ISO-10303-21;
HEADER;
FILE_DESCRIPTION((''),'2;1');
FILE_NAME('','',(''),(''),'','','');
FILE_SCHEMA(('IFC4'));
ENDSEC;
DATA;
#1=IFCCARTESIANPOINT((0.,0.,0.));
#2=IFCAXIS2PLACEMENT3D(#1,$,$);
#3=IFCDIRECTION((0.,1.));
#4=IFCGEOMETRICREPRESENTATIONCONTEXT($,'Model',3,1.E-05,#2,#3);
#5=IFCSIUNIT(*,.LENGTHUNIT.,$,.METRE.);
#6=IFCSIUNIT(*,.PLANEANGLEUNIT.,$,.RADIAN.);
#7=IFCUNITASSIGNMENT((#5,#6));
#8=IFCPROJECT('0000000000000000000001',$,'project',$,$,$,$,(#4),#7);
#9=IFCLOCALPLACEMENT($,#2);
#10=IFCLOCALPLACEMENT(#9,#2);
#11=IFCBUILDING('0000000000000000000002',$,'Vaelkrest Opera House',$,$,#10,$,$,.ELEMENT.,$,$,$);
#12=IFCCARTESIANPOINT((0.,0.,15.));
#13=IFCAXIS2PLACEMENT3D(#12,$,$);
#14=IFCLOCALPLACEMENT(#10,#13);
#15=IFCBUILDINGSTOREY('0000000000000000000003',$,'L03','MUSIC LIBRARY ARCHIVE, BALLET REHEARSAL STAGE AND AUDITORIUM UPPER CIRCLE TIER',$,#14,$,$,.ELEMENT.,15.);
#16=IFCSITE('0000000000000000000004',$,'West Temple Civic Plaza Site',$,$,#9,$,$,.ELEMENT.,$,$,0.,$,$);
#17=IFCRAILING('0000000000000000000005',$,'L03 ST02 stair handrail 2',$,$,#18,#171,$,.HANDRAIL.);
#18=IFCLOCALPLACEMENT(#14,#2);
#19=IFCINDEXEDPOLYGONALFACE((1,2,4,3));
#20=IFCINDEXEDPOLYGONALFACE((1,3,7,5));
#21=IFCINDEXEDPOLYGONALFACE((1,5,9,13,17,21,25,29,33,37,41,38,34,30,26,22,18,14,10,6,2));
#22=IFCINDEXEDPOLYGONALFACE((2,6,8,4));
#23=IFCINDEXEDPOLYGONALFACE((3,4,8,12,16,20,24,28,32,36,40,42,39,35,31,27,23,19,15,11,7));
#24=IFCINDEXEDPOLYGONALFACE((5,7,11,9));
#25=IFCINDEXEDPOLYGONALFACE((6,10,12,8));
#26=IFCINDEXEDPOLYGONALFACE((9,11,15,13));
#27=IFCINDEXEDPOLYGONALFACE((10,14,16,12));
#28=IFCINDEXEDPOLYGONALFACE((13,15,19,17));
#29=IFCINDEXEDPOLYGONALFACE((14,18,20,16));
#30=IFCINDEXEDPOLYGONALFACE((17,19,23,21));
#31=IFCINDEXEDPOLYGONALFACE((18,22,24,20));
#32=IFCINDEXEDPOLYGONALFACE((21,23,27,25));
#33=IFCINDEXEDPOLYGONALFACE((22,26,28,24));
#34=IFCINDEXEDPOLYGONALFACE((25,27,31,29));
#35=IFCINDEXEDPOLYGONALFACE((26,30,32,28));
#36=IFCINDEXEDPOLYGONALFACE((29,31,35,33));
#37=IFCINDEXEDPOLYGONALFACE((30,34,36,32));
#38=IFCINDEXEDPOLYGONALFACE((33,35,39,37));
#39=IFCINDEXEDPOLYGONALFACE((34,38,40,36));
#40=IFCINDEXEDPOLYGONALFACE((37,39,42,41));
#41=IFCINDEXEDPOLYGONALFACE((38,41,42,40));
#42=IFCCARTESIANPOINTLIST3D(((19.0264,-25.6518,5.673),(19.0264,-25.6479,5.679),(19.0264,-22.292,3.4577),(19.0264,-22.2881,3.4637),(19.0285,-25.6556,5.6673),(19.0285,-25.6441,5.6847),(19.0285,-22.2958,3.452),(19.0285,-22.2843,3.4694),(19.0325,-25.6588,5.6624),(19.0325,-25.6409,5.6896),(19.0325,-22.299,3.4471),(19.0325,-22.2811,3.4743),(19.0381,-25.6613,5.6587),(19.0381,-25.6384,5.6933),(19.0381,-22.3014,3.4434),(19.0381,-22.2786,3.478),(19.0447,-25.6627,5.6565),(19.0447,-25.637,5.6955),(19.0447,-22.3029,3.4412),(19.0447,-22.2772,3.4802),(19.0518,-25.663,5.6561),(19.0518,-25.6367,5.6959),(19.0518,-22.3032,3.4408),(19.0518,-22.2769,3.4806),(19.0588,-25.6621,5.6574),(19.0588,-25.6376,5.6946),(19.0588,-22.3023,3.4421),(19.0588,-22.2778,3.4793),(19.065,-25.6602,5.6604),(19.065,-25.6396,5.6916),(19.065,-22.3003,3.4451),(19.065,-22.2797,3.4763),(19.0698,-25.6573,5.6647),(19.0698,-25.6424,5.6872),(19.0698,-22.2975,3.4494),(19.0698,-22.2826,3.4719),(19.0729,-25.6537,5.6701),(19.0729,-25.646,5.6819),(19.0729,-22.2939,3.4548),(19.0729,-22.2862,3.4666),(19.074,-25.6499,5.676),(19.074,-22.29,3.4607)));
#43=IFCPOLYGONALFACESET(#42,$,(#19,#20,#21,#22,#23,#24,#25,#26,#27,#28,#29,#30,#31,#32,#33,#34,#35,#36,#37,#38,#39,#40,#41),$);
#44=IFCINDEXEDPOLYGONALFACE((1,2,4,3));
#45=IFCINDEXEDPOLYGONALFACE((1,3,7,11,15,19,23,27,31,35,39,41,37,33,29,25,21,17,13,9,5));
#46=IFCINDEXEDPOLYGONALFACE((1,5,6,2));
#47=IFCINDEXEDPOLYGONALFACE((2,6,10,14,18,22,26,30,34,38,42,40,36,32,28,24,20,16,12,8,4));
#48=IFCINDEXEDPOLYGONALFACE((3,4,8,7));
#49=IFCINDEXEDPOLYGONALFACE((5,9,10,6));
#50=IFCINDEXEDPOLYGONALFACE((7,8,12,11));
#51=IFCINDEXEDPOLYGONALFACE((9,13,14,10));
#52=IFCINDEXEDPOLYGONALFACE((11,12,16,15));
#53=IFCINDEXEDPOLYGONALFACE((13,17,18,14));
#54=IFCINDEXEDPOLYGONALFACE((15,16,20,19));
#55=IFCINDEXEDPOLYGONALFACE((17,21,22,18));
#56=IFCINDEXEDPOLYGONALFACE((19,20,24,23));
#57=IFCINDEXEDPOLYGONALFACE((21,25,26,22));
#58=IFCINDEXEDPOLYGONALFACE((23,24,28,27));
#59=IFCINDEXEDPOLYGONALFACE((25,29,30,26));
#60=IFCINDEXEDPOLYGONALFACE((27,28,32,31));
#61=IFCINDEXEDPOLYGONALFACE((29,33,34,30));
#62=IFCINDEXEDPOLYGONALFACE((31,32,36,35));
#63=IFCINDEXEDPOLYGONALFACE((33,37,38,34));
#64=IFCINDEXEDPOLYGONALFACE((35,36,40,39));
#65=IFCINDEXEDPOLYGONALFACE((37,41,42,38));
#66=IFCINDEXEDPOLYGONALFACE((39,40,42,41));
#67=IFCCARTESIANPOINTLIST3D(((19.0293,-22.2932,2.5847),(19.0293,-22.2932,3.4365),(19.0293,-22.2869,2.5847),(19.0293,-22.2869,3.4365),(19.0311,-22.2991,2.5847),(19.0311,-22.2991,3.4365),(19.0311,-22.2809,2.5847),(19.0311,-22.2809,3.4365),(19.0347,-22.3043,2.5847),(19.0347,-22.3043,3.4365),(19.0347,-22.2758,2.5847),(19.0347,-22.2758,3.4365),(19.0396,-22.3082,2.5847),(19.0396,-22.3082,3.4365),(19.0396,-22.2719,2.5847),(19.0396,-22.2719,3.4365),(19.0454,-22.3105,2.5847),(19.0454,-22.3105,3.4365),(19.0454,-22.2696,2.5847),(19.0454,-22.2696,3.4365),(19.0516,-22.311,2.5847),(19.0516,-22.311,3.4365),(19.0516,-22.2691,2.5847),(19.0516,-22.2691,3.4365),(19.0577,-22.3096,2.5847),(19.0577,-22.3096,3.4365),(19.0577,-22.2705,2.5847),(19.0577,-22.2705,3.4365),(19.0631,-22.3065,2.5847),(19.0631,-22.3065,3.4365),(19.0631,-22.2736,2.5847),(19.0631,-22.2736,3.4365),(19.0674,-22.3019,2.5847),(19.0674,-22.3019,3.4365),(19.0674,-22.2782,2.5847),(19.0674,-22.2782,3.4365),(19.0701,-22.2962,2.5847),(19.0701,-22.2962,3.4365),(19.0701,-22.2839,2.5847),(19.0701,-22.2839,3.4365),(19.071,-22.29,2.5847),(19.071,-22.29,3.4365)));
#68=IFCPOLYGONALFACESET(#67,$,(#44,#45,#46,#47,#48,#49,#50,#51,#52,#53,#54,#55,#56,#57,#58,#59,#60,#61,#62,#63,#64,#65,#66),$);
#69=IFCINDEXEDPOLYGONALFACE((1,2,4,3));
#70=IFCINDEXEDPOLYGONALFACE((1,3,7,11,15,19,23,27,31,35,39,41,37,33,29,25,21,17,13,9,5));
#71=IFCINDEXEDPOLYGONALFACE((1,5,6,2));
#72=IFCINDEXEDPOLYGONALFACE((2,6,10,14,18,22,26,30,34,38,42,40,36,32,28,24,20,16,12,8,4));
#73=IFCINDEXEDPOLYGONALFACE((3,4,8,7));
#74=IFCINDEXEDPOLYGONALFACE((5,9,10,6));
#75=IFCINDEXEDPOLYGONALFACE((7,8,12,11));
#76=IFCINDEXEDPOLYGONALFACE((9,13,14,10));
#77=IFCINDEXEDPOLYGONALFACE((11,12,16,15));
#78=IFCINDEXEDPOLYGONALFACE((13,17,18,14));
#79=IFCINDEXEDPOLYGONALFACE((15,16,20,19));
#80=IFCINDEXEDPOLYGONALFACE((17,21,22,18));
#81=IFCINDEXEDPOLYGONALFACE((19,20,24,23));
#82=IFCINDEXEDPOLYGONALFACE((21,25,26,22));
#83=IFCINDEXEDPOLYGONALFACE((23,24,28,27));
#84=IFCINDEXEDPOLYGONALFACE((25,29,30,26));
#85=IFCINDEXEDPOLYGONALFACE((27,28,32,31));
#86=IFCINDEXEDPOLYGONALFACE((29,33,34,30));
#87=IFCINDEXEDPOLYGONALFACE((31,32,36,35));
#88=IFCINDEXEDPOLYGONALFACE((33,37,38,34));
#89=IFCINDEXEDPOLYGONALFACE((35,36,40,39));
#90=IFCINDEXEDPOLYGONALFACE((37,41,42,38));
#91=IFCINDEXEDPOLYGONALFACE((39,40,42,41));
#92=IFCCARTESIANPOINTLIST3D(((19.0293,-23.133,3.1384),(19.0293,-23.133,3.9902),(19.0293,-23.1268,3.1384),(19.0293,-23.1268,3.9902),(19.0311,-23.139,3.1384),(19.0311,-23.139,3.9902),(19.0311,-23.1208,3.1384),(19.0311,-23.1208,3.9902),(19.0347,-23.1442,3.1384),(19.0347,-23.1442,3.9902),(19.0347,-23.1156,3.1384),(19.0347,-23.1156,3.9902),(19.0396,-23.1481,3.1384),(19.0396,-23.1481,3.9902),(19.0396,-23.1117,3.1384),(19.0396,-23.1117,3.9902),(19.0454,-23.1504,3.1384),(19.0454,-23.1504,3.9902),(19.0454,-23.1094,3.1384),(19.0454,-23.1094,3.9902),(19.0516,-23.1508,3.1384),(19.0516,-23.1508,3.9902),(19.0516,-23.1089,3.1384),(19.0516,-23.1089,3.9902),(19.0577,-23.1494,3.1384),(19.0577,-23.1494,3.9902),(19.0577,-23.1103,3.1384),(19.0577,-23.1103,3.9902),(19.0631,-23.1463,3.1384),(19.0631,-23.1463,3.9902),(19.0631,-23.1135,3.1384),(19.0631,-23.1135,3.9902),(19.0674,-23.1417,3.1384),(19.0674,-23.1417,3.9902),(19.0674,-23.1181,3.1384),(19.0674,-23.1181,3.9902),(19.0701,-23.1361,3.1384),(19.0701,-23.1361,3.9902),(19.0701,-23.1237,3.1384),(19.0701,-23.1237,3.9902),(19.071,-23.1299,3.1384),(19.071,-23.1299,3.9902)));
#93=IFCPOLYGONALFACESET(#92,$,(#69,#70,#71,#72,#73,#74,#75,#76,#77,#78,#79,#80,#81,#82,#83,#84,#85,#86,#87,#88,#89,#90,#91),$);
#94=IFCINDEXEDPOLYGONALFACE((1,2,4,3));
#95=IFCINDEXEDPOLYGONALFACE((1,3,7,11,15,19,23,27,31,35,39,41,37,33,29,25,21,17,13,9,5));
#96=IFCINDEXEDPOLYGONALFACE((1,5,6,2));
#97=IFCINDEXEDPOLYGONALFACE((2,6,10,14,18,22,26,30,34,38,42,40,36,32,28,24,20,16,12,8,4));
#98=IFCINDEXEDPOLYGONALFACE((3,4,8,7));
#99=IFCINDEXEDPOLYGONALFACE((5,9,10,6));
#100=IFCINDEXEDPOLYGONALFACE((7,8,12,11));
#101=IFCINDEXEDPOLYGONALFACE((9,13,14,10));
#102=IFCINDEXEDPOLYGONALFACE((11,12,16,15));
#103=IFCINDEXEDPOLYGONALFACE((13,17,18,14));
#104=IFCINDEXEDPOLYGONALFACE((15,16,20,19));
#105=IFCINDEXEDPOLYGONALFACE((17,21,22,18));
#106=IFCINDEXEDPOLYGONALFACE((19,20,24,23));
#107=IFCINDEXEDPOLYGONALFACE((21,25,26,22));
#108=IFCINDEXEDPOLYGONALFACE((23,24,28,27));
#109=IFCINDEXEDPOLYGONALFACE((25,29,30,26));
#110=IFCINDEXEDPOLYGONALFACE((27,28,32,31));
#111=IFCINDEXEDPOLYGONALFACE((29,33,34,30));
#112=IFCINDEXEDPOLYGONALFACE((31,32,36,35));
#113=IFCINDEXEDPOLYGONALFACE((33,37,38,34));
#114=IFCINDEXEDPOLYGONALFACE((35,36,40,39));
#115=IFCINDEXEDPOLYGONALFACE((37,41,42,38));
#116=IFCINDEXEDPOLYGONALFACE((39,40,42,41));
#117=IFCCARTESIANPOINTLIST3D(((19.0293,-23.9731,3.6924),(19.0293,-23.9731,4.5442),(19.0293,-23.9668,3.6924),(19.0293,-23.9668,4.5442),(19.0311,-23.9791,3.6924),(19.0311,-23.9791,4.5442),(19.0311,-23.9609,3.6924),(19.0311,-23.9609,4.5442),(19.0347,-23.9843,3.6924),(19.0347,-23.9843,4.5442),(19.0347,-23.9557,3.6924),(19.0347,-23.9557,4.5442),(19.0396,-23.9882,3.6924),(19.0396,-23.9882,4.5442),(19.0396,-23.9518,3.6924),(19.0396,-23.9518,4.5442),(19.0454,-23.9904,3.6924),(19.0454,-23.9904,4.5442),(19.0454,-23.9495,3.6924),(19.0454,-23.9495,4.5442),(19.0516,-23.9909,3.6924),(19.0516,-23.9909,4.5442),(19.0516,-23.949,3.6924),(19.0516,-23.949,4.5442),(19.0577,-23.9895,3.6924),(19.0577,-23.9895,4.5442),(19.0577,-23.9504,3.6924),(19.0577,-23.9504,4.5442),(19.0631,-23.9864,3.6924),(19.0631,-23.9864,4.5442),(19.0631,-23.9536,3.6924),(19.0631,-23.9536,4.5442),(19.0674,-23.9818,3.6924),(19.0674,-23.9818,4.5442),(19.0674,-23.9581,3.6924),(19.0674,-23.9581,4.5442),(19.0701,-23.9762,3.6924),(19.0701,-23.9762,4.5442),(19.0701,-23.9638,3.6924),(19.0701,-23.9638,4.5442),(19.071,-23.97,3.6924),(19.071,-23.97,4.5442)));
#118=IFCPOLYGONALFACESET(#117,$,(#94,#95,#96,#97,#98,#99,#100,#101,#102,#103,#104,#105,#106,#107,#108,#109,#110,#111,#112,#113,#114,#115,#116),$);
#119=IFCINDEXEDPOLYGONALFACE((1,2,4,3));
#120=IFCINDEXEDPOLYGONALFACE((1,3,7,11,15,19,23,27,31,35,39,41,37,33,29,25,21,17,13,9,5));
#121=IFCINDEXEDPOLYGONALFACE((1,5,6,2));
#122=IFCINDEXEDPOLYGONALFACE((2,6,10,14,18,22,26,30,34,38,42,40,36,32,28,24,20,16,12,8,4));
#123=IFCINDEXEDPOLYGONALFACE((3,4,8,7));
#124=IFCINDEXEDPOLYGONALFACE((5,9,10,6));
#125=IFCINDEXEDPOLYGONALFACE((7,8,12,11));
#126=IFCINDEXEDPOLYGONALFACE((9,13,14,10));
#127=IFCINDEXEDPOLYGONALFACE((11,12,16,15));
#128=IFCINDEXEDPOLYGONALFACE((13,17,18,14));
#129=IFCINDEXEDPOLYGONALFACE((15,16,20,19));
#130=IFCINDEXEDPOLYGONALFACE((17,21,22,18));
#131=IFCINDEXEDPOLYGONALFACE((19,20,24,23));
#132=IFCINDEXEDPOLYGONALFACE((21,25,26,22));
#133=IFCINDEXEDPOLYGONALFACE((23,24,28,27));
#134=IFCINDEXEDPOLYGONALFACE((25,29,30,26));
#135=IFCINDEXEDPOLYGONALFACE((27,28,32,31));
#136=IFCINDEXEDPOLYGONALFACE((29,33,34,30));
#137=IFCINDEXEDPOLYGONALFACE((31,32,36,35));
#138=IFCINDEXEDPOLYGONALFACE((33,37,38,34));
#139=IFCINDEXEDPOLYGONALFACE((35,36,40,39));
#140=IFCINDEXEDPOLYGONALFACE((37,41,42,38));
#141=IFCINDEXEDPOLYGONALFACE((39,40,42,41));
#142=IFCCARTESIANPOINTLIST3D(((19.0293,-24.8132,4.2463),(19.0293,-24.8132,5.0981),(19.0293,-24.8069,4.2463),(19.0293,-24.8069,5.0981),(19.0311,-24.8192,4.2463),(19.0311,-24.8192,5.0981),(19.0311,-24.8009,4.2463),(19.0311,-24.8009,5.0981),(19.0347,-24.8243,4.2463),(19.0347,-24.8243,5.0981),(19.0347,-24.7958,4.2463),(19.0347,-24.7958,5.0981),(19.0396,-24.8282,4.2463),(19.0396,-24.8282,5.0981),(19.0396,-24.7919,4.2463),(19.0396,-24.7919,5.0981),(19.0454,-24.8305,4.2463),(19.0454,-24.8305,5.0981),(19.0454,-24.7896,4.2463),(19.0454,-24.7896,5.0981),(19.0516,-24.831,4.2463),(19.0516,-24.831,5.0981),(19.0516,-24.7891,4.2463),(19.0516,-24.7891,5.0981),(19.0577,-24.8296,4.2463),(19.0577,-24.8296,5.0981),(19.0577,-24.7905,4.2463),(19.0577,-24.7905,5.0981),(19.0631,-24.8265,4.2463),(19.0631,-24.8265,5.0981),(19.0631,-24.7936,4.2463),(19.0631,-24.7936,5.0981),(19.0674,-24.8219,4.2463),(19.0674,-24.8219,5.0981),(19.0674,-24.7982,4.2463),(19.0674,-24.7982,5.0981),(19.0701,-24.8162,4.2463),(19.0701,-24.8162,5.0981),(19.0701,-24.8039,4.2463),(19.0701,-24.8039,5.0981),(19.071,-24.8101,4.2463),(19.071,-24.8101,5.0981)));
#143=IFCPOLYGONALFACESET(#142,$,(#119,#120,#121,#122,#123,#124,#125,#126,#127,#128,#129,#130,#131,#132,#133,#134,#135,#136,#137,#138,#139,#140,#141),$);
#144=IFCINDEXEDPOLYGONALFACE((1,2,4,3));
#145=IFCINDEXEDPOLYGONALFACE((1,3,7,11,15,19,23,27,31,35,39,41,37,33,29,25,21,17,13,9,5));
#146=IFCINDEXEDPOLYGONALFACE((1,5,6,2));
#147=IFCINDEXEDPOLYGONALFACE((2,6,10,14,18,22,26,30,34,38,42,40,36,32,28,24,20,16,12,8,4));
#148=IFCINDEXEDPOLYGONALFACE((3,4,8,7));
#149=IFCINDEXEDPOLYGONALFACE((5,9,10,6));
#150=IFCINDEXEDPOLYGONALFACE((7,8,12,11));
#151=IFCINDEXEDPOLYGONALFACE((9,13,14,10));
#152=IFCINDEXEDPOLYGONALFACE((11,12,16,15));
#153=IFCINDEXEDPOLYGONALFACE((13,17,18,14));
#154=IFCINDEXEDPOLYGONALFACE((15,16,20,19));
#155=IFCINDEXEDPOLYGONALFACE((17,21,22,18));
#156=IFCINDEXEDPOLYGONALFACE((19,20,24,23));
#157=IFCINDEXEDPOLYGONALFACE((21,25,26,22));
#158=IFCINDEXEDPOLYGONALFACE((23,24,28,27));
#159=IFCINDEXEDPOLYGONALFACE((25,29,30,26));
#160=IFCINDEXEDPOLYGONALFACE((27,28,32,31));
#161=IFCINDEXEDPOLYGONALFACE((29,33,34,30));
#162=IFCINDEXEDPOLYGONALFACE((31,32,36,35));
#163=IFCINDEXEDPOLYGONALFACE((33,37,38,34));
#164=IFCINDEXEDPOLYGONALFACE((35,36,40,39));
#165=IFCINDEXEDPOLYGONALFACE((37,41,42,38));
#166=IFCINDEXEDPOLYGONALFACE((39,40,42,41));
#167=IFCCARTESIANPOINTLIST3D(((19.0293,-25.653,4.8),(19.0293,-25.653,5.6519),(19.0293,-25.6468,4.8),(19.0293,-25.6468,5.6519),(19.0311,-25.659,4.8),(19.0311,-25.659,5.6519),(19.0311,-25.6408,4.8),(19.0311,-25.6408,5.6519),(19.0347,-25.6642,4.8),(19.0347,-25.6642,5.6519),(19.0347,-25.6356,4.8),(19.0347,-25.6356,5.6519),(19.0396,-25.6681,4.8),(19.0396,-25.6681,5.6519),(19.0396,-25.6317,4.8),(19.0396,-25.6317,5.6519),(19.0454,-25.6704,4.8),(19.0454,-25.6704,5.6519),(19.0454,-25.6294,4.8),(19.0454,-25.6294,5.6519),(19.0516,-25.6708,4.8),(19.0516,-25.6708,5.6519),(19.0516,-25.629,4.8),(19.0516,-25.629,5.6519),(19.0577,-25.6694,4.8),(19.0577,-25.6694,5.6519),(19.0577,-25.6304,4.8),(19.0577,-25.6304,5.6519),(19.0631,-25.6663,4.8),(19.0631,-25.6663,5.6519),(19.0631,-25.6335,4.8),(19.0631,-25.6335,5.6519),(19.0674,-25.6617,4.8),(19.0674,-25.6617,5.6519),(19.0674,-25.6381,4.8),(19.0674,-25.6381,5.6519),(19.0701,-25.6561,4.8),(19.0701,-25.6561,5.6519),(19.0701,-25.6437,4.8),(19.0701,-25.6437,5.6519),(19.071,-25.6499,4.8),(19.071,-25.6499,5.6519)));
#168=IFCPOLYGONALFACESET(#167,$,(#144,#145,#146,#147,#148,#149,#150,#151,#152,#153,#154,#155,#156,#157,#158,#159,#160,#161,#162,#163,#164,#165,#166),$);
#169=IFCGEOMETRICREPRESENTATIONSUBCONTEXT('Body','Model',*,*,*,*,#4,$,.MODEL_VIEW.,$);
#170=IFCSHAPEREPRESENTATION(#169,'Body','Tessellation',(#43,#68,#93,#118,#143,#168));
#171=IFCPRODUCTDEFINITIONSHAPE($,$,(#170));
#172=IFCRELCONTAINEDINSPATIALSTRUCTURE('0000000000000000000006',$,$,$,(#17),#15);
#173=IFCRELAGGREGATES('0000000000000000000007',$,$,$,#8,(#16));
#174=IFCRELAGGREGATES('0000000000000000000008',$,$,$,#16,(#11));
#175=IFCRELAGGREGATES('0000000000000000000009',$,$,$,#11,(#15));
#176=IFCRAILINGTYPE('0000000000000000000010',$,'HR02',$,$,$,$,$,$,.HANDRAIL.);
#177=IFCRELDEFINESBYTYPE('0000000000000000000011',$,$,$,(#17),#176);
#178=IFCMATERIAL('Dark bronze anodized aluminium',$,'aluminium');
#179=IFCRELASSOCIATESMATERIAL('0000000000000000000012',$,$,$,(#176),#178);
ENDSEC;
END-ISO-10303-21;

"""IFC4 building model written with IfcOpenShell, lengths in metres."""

from ifc_helpers import new_model, si_unit, direction, frame, origin, origin_2d, place, context, subcontext, project, spatial, circle, extrude, material, type_object, element, save


model = new_model("IFC4")

# Units and contexts
model_context = context("Model", 3, precision=1e-05, world=origin(), true_north=direction((0.0, 1.0)))
body_context = subcontext(model_context, "Body", "Model", "MODEL_VIEW")
ifc_project = project(units=[si_unit("LENGTHUNIT", "METRE"), si_unit("PLANEANGLEUNIT", "RADIAN")], contexts=[model_context])

# Site, building, storey
site_placement = place(None, origin())
site = spatial("IfcSite", under=ifc_project, at=site_placement, Name="West Temple Civic Plaza Site", CompositionType="ELEMENT", RefElevation=0.0)
building_placement = place(site_placement, origin())
building = spatial("IfcBuilding", under=site, at=building_placement, Name="Vaelkrest Opera House", CompositionType="ELEMENT")
storey_placement = place(building_placement, frame((0.0, 0.0, 15.0)))
storey = spatial("IfcBuildingStorey", under=building, at=storey_placement, Name="L03", Description="MUSIC LIBRARY ARCHIVE, BALLET REHEARSAL STAGE AND AUDITORIUM UPPER CIRCLE TIER", CompositionType="ELEMENT", Elevation=15.0)

# Railing
ifc_material_1 = material(Name="Dark bronze anodized aluminium", Category="aluminium")
railing_type_1 = type_object("IfcRailingType", Name="HR02", PredefinedType="HANDRAIL", material=ifc_material_1)
railing_1_placement = place(storey_placement, frame((19.05, -22.29, 2.5847)))
element("IfcRailing", 1, at=railing_1_placement, inside=storey, type_object=railing_type_1, Name="L03 ST02 stair handrail 2", PredefinedType="HANDRAIL", context=body_context, shape_type="SweptSolid", body=[
    extrude(circle(Radius=0.0239, at=origin_2d()), frame((0.0, 0.0, 0.876), z_axis=(0.0, -0.834858, 0.550465), x_axis=(1.0, 0.0, 0.0)), (0.0, 0.0, 1.0), 4.0244),
    extrude(circle(Radius=0.021, at=origin_2d()), origin(), (0.0, 0.0, 1.0), 0.8518),
    extrude(circle(Radius=0.021, at=origin_2d()), frame((0.0, -0.8398, 0.5537)), (0.0, 0.0, 1.0), 0.8518),
    extrude(circle(Radius=0.021, at=origin_2d()), frame((0.0, -1.6799, 1.1077)), (0.0, 0.0, 1.0), 0.8518),
    extrude(circle(Radius=0.021, at=origin_2d()), frame((0.0, -2.52, 1.6616)), (0.0, 0.0, 1.0), 0.8518),
    extrude(circle(Radius=0.021, at=origin_2d()), frame((0.0, -3.3599, 2.2153)), (0.0, 0.0, 1.0), 0.8518),
])

save(model, "model.ifc")
